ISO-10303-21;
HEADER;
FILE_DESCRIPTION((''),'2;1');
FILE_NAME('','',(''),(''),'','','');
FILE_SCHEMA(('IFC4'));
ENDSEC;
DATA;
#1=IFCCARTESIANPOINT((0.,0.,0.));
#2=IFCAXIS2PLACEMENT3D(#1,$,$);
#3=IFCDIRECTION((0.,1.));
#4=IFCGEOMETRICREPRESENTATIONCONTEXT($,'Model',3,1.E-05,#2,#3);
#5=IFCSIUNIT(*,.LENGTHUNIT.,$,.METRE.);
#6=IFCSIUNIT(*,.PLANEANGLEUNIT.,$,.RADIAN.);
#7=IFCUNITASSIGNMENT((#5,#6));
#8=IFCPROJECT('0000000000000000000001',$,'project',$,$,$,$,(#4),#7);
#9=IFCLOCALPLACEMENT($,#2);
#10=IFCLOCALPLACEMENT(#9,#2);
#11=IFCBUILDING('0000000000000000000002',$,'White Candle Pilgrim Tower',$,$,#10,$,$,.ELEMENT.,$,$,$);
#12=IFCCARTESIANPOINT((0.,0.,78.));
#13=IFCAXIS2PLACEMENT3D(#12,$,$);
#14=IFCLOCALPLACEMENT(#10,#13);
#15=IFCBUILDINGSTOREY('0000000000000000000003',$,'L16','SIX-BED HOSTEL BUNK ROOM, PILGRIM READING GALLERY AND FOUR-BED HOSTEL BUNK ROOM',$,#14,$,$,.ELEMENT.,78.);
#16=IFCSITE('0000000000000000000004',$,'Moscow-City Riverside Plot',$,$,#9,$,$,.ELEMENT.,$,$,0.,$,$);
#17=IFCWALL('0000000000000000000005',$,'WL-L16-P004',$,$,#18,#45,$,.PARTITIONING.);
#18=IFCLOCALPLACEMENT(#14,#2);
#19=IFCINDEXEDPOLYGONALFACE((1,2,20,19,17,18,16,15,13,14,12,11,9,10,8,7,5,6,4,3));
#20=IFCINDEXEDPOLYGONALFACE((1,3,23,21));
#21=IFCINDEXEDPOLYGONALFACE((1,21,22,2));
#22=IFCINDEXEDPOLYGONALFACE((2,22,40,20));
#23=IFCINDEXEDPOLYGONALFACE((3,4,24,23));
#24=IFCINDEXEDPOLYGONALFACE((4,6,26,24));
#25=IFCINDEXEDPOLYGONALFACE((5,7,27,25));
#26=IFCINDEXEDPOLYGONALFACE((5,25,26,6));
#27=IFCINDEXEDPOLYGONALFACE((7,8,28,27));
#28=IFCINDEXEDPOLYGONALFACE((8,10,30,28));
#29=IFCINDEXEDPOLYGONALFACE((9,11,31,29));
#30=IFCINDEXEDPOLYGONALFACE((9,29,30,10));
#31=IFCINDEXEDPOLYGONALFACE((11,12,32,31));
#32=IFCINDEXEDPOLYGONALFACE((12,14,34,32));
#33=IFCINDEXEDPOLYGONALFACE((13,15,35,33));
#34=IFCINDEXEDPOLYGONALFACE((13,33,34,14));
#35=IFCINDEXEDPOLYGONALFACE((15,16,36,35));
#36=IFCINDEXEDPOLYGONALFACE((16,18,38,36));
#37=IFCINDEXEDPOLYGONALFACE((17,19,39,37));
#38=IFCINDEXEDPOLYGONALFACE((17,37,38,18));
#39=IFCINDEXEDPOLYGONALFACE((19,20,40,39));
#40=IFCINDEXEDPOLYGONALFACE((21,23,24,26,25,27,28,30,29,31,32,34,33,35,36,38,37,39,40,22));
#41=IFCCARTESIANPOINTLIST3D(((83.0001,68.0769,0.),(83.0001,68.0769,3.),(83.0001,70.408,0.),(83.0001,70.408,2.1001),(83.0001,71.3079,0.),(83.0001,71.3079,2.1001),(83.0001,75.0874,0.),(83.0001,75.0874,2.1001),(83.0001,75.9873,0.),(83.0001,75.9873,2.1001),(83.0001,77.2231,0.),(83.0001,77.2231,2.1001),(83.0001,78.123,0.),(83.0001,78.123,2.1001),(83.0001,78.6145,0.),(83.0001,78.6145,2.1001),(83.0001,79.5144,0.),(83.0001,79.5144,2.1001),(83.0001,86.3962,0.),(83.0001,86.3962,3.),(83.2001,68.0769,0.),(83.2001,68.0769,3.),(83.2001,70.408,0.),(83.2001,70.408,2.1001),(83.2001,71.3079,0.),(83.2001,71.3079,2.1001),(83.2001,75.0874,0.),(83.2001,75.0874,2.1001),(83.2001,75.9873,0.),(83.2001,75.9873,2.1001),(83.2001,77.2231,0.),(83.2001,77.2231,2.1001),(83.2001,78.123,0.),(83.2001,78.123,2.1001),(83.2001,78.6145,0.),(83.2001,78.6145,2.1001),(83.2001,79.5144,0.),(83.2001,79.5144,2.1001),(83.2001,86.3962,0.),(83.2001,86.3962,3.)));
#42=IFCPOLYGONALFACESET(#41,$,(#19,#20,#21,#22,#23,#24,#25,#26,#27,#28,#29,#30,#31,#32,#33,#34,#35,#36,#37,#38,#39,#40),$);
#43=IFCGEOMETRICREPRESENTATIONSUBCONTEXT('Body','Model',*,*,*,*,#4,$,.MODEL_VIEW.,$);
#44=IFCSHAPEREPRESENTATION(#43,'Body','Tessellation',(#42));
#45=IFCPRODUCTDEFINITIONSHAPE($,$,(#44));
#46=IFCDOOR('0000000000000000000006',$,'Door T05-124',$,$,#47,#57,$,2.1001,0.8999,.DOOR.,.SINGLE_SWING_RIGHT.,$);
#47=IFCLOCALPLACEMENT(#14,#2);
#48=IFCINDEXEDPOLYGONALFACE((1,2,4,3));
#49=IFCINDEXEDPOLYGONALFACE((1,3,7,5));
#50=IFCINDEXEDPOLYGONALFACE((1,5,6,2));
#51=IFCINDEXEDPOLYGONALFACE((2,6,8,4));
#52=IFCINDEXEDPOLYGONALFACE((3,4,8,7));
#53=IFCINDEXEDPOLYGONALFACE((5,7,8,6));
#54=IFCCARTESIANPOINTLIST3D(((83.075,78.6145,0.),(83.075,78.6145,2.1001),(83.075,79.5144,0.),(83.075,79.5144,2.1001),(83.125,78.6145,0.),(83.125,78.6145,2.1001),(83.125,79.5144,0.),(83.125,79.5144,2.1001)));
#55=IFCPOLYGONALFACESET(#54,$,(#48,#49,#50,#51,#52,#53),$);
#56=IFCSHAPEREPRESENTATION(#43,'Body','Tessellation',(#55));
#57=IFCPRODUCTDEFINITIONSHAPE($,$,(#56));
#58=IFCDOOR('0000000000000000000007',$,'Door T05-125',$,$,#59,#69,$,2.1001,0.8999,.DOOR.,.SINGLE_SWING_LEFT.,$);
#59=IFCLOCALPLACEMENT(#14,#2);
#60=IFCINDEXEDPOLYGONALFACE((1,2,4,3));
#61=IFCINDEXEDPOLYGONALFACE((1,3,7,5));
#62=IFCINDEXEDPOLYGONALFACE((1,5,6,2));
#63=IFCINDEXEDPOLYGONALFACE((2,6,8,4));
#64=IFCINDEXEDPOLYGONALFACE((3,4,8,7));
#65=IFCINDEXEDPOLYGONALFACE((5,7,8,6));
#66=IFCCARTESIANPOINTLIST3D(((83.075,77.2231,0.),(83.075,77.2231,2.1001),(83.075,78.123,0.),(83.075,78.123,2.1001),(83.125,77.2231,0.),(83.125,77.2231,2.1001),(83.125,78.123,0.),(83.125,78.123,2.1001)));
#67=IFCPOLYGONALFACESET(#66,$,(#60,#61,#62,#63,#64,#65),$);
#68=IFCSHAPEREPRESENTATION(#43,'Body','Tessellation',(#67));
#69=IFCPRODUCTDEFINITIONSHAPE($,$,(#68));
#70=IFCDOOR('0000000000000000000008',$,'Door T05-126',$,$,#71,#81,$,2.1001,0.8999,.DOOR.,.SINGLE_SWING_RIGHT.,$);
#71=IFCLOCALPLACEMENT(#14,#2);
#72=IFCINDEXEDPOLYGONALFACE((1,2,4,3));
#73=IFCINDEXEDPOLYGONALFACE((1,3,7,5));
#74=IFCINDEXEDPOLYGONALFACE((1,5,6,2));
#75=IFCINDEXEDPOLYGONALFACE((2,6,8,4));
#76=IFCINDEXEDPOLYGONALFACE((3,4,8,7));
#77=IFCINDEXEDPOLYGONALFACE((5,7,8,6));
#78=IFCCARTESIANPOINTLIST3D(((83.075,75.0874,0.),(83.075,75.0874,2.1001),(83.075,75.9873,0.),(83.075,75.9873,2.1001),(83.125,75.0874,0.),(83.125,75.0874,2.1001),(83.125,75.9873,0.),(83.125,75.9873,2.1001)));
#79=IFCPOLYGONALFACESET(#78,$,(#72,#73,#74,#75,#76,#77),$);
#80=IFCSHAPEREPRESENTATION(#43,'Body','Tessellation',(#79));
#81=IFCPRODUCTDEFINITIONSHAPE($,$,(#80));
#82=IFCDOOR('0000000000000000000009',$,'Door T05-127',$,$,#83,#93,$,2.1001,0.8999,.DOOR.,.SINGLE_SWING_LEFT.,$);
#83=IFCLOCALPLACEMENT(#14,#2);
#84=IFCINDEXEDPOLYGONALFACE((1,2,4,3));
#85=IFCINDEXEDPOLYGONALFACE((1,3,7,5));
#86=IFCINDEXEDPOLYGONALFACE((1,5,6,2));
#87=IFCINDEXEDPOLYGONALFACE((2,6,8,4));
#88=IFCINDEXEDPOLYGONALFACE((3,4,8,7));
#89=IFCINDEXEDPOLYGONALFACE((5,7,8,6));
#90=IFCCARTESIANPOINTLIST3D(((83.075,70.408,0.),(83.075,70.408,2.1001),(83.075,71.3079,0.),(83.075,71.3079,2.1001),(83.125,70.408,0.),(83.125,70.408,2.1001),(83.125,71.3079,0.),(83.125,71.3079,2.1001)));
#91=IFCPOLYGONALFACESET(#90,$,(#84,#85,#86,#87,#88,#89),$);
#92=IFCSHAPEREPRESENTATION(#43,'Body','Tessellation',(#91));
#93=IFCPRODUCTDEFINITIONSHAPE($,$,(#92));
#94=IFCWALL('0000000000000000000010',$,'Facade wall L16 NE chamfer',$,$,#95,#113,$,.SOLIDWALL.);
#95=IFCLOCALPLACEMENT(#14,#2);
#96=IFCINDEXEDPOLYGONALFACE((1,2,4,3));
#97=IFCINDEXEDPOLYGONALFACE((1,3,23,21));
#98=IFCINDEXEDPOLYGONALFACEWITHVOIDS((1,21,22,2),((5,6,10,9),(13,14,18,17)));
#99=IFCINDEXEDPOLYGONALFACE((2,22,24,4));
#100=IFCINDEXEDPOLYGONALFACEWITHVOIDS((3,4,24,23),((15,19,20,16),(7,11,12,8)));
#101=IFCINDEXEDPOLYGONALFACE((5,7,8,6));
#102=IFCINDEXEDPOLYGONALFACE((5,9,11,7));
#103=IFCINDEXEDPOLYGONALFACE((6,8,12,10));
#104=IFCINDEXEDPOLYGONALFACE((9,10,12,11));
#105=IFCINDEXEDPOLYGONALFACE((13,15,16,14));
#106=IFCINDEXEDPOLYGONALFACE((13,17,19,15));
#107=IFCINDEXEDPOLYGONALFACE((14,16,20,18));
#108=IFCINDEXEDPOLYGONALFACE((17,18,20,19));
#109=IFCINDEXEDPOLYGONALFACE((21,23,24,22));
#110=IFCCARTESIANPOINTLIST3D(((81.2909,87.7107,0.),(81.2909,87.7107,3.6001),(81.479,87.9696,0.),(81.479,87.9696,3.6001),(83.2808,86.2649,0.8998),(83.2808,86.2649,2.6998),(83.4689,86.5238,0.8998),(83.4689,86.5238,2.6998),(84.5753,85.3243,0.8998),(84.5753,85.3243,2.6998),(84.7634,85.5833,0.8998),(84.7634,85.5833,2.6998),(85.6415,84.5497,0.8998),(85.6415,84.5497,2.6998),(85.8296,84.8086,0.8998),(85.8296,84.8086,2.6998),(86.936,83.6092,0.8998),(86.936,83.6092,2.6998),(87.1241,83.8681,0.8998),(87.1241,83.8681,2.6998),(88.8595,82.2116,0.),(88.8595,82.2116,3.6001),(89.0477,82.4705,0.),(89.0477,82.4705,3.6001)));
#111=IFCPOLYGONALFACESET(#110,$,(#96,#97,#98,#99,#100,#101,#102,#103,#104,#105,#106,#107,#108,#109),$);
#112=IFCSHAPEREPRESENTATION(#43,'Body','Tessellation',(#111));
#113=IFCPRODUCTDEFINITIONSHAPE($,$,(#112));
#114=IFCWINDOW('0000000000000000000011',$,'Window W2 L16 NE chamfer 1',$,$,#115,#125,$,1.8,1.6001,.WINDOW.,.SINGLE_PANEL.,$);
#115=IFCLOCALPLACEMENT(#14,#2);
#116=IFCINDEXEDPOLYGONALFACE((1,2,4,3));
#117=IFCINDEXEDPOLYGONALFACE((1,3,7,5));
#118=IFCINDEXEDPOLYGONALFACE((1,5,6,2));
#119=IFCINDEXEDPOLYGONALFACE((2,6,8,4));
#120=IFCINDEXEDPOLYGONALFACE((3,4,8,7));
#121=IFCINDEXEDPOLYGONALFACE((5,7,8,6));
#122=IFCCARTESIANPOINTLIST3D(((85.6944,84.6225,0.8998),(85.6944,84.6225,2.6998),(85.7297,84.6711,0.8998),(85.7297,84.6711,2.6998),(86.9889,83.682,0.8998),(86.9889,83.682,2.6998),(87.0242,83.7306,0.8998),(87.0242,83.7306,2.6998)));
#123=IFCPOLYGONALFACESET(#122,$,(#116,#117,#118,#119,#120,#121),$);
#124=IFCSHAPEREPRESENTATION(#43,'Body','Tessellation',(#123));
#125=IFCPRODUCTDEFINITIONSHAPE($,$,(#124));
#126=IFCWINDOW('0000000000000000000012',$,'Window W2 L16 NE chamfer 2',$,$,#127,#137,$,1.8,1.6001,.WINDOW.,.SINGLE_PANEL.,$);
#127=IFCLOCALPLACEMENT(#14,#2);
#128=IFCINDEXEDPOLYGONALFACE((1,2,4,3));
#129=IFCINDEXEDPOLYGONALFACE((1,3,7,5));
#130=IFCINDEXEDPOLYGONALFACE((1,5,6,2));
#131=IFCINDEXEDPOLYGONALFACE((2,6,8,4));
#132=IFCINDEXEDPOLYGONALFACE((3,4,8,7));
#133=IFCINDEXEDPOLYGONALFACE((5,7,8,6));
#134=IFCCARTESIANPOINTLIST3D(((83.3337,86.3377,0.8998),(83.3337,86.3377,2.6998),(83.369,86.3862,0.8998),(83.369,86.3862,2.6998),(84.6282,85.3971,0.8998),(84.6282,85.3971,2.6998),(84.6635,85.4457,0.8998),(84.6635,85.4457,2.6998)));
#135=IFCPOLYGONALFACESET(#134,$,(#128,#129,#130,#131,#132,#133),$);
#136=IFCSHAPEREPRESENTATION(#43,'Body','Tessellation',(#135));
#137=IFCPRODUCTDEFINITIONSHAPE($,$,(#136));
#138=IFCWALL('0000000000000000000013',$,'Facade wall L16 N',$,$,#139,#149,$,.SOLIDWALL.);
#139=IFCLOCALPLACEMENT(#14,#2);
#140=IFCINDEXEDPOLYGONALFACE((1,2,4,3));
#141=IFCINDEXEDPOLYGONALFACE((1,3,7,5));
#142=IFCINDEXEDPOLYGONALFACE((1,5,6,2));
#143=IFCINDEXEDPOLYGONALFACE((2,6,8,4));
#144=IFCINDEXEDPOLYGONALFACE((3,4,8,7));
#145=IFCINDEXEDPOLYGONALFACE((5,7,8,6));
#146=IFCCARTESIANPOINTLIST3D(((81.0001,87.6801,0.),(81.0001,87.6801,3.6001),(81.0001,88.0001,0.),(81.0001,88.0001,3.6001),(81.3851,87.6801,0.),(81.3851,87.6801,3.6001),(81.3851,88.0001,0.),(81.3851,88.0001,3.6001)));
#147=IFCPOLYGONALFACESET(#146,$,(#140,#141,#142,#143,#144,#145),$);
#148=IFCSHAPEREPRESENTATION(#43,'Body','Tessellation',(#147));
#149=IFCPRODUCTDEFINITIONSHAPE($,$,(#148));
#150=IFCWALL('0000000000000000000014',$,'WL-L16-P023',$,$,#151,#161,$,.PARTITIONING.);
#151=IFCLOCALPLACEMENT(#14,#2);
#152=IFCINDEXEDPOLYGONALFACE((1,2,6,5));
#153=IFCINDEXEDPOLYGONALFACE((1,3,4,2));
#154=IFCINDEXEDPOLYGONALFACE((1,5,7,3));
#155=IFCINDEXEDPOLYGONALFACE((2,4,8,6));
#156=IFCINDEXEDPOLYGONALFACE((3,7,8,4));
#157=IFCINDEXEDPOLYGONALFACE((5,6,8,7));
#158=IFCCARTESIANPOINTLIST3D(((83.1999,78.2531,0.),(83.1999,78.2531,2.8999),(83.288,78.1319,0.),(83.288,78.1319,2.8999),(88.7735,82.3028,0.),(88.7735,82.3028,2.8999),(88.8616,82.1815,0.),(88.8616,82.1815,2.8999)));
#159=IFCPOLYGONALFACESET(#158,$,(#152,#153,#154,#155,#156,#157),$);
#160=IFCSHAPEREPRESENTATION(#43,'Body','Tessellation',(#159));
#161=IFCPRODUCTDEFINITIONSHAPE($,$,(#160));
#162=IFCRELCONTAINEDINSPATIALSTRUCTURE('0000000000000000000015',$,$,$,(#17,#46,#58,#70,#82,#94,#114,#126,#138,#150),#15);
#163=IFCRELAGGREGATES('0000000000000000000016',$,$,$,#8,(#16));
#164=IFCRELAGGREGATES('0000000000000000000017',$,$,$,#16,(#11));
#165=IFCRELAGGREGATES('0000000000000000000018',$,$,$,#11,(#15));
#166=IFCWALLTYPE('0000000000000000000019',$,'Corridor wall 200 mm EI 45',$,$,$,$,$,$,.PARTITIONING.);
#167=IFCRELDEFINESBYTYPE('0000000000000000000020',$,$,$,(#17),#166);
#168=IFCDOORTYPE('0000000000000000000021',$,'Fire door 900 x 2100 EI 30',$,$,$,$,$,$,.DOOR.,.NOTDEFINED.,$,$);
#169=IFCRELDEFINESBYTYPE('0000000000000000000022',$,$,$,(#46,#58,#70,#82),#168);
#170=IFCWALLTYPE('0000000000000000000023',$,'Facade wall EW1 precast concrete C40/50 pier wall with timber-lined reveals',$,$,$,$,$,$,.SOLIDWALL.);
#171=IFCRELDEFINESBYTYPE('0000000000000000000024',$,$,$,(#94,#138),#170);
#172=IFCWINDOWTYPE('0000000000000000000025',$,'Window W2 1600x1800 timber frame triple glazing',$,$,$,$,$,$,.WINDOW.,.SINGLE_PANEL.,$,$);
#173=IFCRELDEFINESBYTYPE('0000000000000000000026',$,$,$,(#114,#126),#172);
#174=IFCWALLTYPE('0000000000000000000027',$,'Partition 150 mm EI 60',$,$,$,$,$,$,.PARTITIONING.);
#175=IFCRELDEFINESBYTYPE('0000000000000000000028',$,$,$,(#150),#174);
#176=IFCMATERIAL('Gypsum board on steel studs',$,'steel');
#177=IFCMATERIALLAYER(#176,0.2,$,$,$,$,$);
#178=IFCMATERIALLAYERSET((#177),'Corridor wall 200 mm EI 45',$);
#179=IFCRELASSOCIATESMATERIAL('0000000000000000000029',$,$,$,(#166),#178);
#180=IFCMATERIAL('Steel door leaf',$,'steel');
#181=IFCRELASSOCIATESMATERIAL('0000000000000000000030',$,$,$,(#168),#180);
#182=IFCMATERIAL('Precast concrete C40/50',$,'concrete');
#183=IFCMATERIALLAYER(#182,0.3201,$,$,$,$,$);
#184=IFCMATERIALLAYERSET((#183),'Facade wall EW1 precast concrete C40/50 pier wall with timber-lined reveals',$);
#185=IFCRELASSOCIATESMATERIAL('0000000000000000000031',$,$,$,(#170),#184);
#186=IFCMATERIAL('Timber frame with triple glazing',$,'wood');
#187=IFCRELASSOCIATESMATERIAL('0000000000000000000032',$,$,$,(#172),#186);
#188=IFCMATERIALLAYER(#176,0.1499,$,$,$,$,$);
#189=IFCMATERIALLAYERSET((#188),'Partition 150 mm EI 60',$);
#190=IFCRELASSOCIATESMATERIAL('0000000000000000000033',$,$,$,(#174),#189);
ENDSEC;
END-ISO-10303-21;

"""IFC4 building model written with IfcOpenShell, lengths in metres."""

from ifc_helpers import new_model, si_unit, direction, frame, frame_2d, origin, place, context, subcontext, project, spatial, rectangle, extrude, material, layer, layer_set, type_object, element, fill, save


model = new_model("IFC4")

# Units and contexts
model_context = context("Model", 3, precision=1e-05, world=origin(), true_north=direction((0.0, 1.0)))
body_context = subcontext(model_context, "Body", "Model", "MODEL_VIEW")
ifc_project = project(units=[si_unit("LENGTHUNIT", "METRE"), si_unit("PLANEANGLEUNIT", "RADIAN")], contexts=[model_context])

# Site, building, storey
site_placement = place(None, origin())
site = spatial("IfcSite", under=ifc_project, at=site_placement, Name="Moscow-City Riverside Plot", CompositionType="ELEMENT", RefElevation=0.0)
building_placement = place(site_placement, origin())
building = spatial("IfcBuilding", under=site, at=building_placement, Name="White Candle Pilgrim Tower", CompositionType="ELEMENT")
storey_placement = place(building_placement, frame((0.0, 0.0, 78.0)))
storey = spatial("IfcBuildingStorey", under=building, at=storey_placement, Name="L16", Description="SIX-BED HOSTEL BUNK ROOM, PILGRIM READING GALLERY AND FOUR-BED HOSTEL BUNK ROOM", CompositionType="ELEMENT", Elevation=78.0)

# Shared definitions
ifc_material_1 = material(Name="Steel door leaf", Category="steel")

# Wall, openings, doors
ifc_material_2 = material(Name="Gypsum board on steel studs", Category="steel")
ifc_layer_1 = layer(ifc_material_2, 0.2)
ifc_layer_set_1 = layer_set([ifc_layer_1], Name="Corridor wall 200 mm EI 45")
wall_type_1 = type_object("IfcWallType", Name="Corridor wall 200 mm EI 45", PredefinedType="PARTITIONING", material=ifc_layer_set_1)
wall_1_placement = place(storey_placement, frame((83.1001, 86.3962, 0.0), z_axis=(0.0, 0.0, 1.0), x_axis=(0.0, -1.0, 0.0)))
wall_1 = element("IfcWall", 1, at=wall_1_placement, inside=storey, type_object=wall_type_1, Name="WL-L16-P004", PredefinedType="PARTITIONING", context=body_context, shape_type="SweptSolid", body=[
    extrude(rectangle(XDim=18.3193, YDim=0.2, at=frame_2d((9.1597, 0.0))), origin(), (0.0, 0.0, 1.0), 3.0),
])
opening_1_placement = place(wall_1_placement, frame((6.8818, 0.0, 0.0)))
opening_1 = element("IfcOpeningElement", 2, at=opening_1_placement, cuts=wall_1, PredefinedType="OPENING", context=body_context, shape_type="SweptSolid", body=[
    extrude(rectangle(XDim=0.8999, YDim=2.1001, at=frame_2d((0.45, 1.05))), frame((0.0, 0.1099, 0.0), z_axis=(0.0, -1.0, 0.0), x_axis=(1.0, 0.0, 0.0)), (0.0, 0.0, 1.0), 0.22),
])
opening_2_placement = place(wall_1_placement, frame((8.2732, 0.0, 0.0)))
opening_2 = element("IfcOpeningElement", 3, at=opening_2_placement, cuts=wall_1, PredefinedType="OPENING", context=body_context, shape_type="SweptSolid", body=[
    extrude(rectangle(XDim=0.8999, YDim=2.1001, at=frame_2d((0.45, 1.05))), frame((0.0, 0.1099, 0.0), z_axis=(0.0, -1.0, 0.0), x_axis=(1.0, 0.0, 0.0)), (0.0, 0.0, 1.0), 0.22),
])
opening_3_placement = place(wall_1_placement, frame((10.4089, 0.0, 0.0)))
opening_3 = element("IfcOpeningElement", 4, at=opening_3_placement, cuts=wall_1, PredefinedType="OPENING", context=body_context, shape_type="SweptSolid", body=[
    extrude(rectangle(XDim=0.8999, YDim=2.1001, at=frame_2d((0.45, 1.05))), frame((0.0, 0.1099, 0.0), z_axis=(0.0, -1.0, 0.0), x_axis=(1.0, 0.0, 0.0)), (0.0, 0.0, 1.0), 0.22),
])
opening_4_placement = place(wall_1_placement, frame((15.0884, 0.0, 0.0)))
opening_4 = element("IfcOpeningElement", 5, at=opening_4_placement, cuts=wall_1, PredefinedType="OPENING", context=body_context, shape_type="SweptSolid", body=[
    extrude(rectangle(XDim=0.8999, YDim=2.1001, at=frame_2d((0.45, 1.05))), frame((0.0, 0.1099, 0.0), z_axis=(0.0, -1.0, 0.0), x_axis=(1.0, 0.0, 0.0)), (0.0, 0.0, 1.0), 0.22),
])
door_type_1 = type_object("IfcDoorType", Name="Fire door 900 x 2100 EI 30", OperationType="NOTDEFINED", PredefinedType="DOOR", material=ifc_material_1)
door_1_placement = place(opening_1_placement, origin())
door_1 = element("IfcDoor", 6, at=door_1_placement, inside=storey, type_object=door_type_1, Name="Door T05-124", OperationType="SINGLE_SWING_RIGHT", OverallHeight=2.1001, OverallWidth=0.8999, PredefinedType="DOOR", context=body_context, shape_type="SweptSolid", body=[
    extrude(rectangle(XDim=0.8999, YDim=2.1001, at=frame_2d((0.45, 1.05))), frame((0.0, 0.0249, 0.0), z_axis=(0.0, -1.0, 0.0), x_axis=(1.0, 0.0, 0.0)), (0.0, 0.0, 1.0), 0.05),
])
fill(opening_1, door_1)
door_2_placement = place(opening_2_placement, origin())
door_2 = element("IfcDoor", 7, at=door_2_placement, inside=storey, type_object=door_type_1, Name="Door T05-125", OperationType="SINGLE_SWING_LEFT", OverallHeight=2.1001, OverallWidth=0.8999, PredefinedType="DOOR", context=body_context, shape_type="SweptSolid", body=[
    extrude(rectangle(XDim=0.8999, YDim=2.1001, at=frame_2d((0.45, 1.05))), frame((0.0, 0.0249, 0.0), z_axis=(0.0, -1.0, 0.0), x_axis=(1.0, 0.0, 0.0)), (0.0, 0.0, 1.0), 0.05),
])
fill(opening_2, door_2)
door_3_placement = place(opening_3_placement, origin())
door_3 = element("IfcDoor", 8, at=door_3_placement, inside=storey, type_object=door_type_1, Name="Door T05-126", OperationType="SINGLE_SWING_RIGHT", OverallHeight=2.1001, OverallWidth=0.8999, PredefinedType="DOOR", context=body_context, shape_type="SweptSolid", body=[
    extrude(rectangle(XDim=0.8999, YDim=2.1001, at=frame_2d((0.45, 1.05))), frame((0.0, 0.0249, 0.0), z_axis=(0.0, -1.0, 0.0), x_axis=(1.0, 0.0, 0.0)), (0.0, 0.0, 1.0), 0.05),
])
fill(opening_3, door_3)
door_4_placement = place(opening_4_placement, origin())
door_4 = element("IfcDoor", 9, at=door_4_placement, inside=storey, type_object=door_type_1, Name="Door T05-127", OperationType="SINGLE_SWING_LEFT", OverallHeight=2.1001, OverallWidth=0.8999, PredefinedType="DOOR", context=body_context, shape_type="SweptSolid", body=[
    extrude(rectangle(XDim=0.8999, YDim=2.1001, at=frame_2d((0.45, 1.05))), frame((0.0, 0.0249, 0.0), z_axis=(0.0, -1.0, 0.0), x_axis=(1.0, 0.0, 0.0)), (0.0, 0.0, 1.0), 0.05),
])
fill(opening_4, door_4)

# Wall, openings, windows
ifc_material_3 = material(Name="Precast concrete C40/50", Category="concrete")
ifc_layer_2 = layer(ifc_material_3, 0.3201)
ifc_layer_set_2 = layer_set([ifc_layer_2], Name="Facade wall EW1 precast concrete C40/50 pier wall with timber-lined reveals")
wall_type_2 = type_object("IfcWallType", Name="Facade wall EW1 precast concrete C40/50 pier wall with timber-lined reveals", PredefinedType="SOLIDWALL", material=ifc_layer_set_2)
wall_2_placement = place(storey_placement, frame((88.9536, 82.3411, 0.0), z_axis=(0.0, 0.0, 1.0), x_axis=(-0.809011, 0.587793, 0.0)))
wall_2 = element("IfcWall", 10, at=wall_2_placement, inside=storey, type_object=wall_type_2, Name="Facade wall L16 NE chamfer", PredefinedType="SOLIDWALL", context=body_context, shape_type="SweptSolid", body=[
    extrude(rectangle(XDim=9.3555, YDim=0.3201, at=frame_2d((4.6777, 0.0))), origin(), (0.0, 0.0, 1.0), 3.6001),
])
opening_5_placement = place(wall_2_placement, frame((2.3777, 0.0, 0.8999)))
opening_5 = element("IfcOpeningElement", 11, at=opening_5_placement, cuts=wall_2, PredefinedType="OPENING", context=body_context, shape_type="SweptSolid", body=[
    extrude(rectangle(XDim=1.6001, YDim=1.8, at=frame_2d((0.8, 0.8999))), frame((0.0, 0.1699, 0.0), z_axis=(0.0, -1.0, 0.0), x_axis=(1.0, 0.0, 0.0)), (0.0, 0.0, 1.0), 0.3401),
])
opening_6_placement = place(wall_2_placement, frame((5.2957, 0.0, 0.8999)))
opening_6 = element("IfcOpeningElement", 12, at=opening_6_placement, cuts=wall_2, PredefinedType="OPENING", context=body_context, shape_type="SweptSolid", body=[
    extrude(rectangle(XDim=1.6001, YDim=1.8, at=frame_2d((0.8, 0.8999))), frame((0.0, 0.1699, 0.0), z_axis=(0.0, -1.0, 0.0), x_axis=(1.0, 0.0, 0.0)), (0.0, 0.0, 1.0), 0.3401),
])
ifc_material_4 = material(Name="Timber frame with triple glazing", Category="wood")
window_type = type_object("IfcWindowType", Name="Window W2 1600x1800 timber frame triple glazing", PartitioningType="SINGLE_PANEL", PredefinedType="WINDOW", material=ifc_material_4)
window_1_placement = place(opening_5_placement, origin())
window_1 = element("IfcWindow", 13, at=window_1_placement, inside=storey, type_object=window_type, Name="Window W2 L16 NE chamfer 1", OverallHeight=1.8, OverallWidth=1.6001, PartitioningType="SINGLE_PANEL", PredefinedType="WINDOW", context=body_context, shape_type="SweptSolid", body=[
    extrude(rectangle(XDim=1.6001, YDim=1.8, at=frame_2d((0.8, 0.8999))), frame((0.0, 0.0701, 0.0), z_axis=(0.0, -1.0, 0.0), x_axis=(1.0, 0.0, 0.0)), (0.0, 0.0, 1.0), 0.0601),
])
fill(opening_5, window_1)
window_2_placement = place(opening_6_placement, origin())
window_2 = element("IfcWindow", 14, at=window_2_placement, inside=storey, type_object=window_type, Name="Window W2 L16 NE chamfer 2", OverallHeight=1.8, OverallWidth=1.6001, PartitioningType="SINGLE_PANEL", PredefinedType="WINDOW", context=body_context, shape_type="SweptSolid", body=[
    extrude(rectangle(XDim=1.6001, YDim=1.8, at=frame_2d((0.8, 0.8999))), frame((0.0, 0.0701, 0.0), z_axis=(0.0, -1.0, 0.0), x_axis=(1.0, 0.0, 0.0)), (0.0, 0.0, 1.0), 0.0601),
])
fill(opening_6, window_2)

# Walls
wall_3_placement = place(storey_placement, frame((81.385, 87.8401, 0.0), z_axis=(0.0, 0.0, 1.0), x_axis=(-1.0, 0.0, 0.0)))
element("IfcWall", 15, at=wall_3_placement, inside=storey, type_object=wall_type_2, Name="Facade wall L16 N", PredefinedType="SOLIDWALL", context=body_context, shape_type="SweptSolid", body=[
    extrude(rectangle(XDim=0.385, YDim=0.3201, at=frame_2d((0.1924, 0.0))), origin(), (0.0, 0.0, 1.0), 3.6001),
])
ifc_layer_3 = layer(ifc_material_2, 0.1499)
ifc_layer_set_3 = layer_set([ifc_layer_3], Name="Partition 150 mm EI 60")
wall_type_3 = type_object("IfcWallType", Name="Partition 150 mm EI 60", PredefinedType="PARTITIONING", material=ifc_layer_set_3)
wall_4_placement = place(storey_placement, frame((88.8176, 82.2422, 0.0), z_axis=(0.0, 0.0, 1.0), x_axis=(-0.809004, -0.587803, 0.0)))
element("IfcWall", 16, at=wall_4_placement, inside=storey, type_object=wall_type_3, Name="WL-L16-P023", PredefinedType="PARTITIONING", context=body_context, shape_type="SweptSolid", body=[
    extrude(rectangle(XDim=6.8894, YDim=0.1499, at=frame_2d((3.4448, 0.0))), origin(), (0.0, 0.0, 1.0), 2.8999),
])

save(model, "model.ifc")
